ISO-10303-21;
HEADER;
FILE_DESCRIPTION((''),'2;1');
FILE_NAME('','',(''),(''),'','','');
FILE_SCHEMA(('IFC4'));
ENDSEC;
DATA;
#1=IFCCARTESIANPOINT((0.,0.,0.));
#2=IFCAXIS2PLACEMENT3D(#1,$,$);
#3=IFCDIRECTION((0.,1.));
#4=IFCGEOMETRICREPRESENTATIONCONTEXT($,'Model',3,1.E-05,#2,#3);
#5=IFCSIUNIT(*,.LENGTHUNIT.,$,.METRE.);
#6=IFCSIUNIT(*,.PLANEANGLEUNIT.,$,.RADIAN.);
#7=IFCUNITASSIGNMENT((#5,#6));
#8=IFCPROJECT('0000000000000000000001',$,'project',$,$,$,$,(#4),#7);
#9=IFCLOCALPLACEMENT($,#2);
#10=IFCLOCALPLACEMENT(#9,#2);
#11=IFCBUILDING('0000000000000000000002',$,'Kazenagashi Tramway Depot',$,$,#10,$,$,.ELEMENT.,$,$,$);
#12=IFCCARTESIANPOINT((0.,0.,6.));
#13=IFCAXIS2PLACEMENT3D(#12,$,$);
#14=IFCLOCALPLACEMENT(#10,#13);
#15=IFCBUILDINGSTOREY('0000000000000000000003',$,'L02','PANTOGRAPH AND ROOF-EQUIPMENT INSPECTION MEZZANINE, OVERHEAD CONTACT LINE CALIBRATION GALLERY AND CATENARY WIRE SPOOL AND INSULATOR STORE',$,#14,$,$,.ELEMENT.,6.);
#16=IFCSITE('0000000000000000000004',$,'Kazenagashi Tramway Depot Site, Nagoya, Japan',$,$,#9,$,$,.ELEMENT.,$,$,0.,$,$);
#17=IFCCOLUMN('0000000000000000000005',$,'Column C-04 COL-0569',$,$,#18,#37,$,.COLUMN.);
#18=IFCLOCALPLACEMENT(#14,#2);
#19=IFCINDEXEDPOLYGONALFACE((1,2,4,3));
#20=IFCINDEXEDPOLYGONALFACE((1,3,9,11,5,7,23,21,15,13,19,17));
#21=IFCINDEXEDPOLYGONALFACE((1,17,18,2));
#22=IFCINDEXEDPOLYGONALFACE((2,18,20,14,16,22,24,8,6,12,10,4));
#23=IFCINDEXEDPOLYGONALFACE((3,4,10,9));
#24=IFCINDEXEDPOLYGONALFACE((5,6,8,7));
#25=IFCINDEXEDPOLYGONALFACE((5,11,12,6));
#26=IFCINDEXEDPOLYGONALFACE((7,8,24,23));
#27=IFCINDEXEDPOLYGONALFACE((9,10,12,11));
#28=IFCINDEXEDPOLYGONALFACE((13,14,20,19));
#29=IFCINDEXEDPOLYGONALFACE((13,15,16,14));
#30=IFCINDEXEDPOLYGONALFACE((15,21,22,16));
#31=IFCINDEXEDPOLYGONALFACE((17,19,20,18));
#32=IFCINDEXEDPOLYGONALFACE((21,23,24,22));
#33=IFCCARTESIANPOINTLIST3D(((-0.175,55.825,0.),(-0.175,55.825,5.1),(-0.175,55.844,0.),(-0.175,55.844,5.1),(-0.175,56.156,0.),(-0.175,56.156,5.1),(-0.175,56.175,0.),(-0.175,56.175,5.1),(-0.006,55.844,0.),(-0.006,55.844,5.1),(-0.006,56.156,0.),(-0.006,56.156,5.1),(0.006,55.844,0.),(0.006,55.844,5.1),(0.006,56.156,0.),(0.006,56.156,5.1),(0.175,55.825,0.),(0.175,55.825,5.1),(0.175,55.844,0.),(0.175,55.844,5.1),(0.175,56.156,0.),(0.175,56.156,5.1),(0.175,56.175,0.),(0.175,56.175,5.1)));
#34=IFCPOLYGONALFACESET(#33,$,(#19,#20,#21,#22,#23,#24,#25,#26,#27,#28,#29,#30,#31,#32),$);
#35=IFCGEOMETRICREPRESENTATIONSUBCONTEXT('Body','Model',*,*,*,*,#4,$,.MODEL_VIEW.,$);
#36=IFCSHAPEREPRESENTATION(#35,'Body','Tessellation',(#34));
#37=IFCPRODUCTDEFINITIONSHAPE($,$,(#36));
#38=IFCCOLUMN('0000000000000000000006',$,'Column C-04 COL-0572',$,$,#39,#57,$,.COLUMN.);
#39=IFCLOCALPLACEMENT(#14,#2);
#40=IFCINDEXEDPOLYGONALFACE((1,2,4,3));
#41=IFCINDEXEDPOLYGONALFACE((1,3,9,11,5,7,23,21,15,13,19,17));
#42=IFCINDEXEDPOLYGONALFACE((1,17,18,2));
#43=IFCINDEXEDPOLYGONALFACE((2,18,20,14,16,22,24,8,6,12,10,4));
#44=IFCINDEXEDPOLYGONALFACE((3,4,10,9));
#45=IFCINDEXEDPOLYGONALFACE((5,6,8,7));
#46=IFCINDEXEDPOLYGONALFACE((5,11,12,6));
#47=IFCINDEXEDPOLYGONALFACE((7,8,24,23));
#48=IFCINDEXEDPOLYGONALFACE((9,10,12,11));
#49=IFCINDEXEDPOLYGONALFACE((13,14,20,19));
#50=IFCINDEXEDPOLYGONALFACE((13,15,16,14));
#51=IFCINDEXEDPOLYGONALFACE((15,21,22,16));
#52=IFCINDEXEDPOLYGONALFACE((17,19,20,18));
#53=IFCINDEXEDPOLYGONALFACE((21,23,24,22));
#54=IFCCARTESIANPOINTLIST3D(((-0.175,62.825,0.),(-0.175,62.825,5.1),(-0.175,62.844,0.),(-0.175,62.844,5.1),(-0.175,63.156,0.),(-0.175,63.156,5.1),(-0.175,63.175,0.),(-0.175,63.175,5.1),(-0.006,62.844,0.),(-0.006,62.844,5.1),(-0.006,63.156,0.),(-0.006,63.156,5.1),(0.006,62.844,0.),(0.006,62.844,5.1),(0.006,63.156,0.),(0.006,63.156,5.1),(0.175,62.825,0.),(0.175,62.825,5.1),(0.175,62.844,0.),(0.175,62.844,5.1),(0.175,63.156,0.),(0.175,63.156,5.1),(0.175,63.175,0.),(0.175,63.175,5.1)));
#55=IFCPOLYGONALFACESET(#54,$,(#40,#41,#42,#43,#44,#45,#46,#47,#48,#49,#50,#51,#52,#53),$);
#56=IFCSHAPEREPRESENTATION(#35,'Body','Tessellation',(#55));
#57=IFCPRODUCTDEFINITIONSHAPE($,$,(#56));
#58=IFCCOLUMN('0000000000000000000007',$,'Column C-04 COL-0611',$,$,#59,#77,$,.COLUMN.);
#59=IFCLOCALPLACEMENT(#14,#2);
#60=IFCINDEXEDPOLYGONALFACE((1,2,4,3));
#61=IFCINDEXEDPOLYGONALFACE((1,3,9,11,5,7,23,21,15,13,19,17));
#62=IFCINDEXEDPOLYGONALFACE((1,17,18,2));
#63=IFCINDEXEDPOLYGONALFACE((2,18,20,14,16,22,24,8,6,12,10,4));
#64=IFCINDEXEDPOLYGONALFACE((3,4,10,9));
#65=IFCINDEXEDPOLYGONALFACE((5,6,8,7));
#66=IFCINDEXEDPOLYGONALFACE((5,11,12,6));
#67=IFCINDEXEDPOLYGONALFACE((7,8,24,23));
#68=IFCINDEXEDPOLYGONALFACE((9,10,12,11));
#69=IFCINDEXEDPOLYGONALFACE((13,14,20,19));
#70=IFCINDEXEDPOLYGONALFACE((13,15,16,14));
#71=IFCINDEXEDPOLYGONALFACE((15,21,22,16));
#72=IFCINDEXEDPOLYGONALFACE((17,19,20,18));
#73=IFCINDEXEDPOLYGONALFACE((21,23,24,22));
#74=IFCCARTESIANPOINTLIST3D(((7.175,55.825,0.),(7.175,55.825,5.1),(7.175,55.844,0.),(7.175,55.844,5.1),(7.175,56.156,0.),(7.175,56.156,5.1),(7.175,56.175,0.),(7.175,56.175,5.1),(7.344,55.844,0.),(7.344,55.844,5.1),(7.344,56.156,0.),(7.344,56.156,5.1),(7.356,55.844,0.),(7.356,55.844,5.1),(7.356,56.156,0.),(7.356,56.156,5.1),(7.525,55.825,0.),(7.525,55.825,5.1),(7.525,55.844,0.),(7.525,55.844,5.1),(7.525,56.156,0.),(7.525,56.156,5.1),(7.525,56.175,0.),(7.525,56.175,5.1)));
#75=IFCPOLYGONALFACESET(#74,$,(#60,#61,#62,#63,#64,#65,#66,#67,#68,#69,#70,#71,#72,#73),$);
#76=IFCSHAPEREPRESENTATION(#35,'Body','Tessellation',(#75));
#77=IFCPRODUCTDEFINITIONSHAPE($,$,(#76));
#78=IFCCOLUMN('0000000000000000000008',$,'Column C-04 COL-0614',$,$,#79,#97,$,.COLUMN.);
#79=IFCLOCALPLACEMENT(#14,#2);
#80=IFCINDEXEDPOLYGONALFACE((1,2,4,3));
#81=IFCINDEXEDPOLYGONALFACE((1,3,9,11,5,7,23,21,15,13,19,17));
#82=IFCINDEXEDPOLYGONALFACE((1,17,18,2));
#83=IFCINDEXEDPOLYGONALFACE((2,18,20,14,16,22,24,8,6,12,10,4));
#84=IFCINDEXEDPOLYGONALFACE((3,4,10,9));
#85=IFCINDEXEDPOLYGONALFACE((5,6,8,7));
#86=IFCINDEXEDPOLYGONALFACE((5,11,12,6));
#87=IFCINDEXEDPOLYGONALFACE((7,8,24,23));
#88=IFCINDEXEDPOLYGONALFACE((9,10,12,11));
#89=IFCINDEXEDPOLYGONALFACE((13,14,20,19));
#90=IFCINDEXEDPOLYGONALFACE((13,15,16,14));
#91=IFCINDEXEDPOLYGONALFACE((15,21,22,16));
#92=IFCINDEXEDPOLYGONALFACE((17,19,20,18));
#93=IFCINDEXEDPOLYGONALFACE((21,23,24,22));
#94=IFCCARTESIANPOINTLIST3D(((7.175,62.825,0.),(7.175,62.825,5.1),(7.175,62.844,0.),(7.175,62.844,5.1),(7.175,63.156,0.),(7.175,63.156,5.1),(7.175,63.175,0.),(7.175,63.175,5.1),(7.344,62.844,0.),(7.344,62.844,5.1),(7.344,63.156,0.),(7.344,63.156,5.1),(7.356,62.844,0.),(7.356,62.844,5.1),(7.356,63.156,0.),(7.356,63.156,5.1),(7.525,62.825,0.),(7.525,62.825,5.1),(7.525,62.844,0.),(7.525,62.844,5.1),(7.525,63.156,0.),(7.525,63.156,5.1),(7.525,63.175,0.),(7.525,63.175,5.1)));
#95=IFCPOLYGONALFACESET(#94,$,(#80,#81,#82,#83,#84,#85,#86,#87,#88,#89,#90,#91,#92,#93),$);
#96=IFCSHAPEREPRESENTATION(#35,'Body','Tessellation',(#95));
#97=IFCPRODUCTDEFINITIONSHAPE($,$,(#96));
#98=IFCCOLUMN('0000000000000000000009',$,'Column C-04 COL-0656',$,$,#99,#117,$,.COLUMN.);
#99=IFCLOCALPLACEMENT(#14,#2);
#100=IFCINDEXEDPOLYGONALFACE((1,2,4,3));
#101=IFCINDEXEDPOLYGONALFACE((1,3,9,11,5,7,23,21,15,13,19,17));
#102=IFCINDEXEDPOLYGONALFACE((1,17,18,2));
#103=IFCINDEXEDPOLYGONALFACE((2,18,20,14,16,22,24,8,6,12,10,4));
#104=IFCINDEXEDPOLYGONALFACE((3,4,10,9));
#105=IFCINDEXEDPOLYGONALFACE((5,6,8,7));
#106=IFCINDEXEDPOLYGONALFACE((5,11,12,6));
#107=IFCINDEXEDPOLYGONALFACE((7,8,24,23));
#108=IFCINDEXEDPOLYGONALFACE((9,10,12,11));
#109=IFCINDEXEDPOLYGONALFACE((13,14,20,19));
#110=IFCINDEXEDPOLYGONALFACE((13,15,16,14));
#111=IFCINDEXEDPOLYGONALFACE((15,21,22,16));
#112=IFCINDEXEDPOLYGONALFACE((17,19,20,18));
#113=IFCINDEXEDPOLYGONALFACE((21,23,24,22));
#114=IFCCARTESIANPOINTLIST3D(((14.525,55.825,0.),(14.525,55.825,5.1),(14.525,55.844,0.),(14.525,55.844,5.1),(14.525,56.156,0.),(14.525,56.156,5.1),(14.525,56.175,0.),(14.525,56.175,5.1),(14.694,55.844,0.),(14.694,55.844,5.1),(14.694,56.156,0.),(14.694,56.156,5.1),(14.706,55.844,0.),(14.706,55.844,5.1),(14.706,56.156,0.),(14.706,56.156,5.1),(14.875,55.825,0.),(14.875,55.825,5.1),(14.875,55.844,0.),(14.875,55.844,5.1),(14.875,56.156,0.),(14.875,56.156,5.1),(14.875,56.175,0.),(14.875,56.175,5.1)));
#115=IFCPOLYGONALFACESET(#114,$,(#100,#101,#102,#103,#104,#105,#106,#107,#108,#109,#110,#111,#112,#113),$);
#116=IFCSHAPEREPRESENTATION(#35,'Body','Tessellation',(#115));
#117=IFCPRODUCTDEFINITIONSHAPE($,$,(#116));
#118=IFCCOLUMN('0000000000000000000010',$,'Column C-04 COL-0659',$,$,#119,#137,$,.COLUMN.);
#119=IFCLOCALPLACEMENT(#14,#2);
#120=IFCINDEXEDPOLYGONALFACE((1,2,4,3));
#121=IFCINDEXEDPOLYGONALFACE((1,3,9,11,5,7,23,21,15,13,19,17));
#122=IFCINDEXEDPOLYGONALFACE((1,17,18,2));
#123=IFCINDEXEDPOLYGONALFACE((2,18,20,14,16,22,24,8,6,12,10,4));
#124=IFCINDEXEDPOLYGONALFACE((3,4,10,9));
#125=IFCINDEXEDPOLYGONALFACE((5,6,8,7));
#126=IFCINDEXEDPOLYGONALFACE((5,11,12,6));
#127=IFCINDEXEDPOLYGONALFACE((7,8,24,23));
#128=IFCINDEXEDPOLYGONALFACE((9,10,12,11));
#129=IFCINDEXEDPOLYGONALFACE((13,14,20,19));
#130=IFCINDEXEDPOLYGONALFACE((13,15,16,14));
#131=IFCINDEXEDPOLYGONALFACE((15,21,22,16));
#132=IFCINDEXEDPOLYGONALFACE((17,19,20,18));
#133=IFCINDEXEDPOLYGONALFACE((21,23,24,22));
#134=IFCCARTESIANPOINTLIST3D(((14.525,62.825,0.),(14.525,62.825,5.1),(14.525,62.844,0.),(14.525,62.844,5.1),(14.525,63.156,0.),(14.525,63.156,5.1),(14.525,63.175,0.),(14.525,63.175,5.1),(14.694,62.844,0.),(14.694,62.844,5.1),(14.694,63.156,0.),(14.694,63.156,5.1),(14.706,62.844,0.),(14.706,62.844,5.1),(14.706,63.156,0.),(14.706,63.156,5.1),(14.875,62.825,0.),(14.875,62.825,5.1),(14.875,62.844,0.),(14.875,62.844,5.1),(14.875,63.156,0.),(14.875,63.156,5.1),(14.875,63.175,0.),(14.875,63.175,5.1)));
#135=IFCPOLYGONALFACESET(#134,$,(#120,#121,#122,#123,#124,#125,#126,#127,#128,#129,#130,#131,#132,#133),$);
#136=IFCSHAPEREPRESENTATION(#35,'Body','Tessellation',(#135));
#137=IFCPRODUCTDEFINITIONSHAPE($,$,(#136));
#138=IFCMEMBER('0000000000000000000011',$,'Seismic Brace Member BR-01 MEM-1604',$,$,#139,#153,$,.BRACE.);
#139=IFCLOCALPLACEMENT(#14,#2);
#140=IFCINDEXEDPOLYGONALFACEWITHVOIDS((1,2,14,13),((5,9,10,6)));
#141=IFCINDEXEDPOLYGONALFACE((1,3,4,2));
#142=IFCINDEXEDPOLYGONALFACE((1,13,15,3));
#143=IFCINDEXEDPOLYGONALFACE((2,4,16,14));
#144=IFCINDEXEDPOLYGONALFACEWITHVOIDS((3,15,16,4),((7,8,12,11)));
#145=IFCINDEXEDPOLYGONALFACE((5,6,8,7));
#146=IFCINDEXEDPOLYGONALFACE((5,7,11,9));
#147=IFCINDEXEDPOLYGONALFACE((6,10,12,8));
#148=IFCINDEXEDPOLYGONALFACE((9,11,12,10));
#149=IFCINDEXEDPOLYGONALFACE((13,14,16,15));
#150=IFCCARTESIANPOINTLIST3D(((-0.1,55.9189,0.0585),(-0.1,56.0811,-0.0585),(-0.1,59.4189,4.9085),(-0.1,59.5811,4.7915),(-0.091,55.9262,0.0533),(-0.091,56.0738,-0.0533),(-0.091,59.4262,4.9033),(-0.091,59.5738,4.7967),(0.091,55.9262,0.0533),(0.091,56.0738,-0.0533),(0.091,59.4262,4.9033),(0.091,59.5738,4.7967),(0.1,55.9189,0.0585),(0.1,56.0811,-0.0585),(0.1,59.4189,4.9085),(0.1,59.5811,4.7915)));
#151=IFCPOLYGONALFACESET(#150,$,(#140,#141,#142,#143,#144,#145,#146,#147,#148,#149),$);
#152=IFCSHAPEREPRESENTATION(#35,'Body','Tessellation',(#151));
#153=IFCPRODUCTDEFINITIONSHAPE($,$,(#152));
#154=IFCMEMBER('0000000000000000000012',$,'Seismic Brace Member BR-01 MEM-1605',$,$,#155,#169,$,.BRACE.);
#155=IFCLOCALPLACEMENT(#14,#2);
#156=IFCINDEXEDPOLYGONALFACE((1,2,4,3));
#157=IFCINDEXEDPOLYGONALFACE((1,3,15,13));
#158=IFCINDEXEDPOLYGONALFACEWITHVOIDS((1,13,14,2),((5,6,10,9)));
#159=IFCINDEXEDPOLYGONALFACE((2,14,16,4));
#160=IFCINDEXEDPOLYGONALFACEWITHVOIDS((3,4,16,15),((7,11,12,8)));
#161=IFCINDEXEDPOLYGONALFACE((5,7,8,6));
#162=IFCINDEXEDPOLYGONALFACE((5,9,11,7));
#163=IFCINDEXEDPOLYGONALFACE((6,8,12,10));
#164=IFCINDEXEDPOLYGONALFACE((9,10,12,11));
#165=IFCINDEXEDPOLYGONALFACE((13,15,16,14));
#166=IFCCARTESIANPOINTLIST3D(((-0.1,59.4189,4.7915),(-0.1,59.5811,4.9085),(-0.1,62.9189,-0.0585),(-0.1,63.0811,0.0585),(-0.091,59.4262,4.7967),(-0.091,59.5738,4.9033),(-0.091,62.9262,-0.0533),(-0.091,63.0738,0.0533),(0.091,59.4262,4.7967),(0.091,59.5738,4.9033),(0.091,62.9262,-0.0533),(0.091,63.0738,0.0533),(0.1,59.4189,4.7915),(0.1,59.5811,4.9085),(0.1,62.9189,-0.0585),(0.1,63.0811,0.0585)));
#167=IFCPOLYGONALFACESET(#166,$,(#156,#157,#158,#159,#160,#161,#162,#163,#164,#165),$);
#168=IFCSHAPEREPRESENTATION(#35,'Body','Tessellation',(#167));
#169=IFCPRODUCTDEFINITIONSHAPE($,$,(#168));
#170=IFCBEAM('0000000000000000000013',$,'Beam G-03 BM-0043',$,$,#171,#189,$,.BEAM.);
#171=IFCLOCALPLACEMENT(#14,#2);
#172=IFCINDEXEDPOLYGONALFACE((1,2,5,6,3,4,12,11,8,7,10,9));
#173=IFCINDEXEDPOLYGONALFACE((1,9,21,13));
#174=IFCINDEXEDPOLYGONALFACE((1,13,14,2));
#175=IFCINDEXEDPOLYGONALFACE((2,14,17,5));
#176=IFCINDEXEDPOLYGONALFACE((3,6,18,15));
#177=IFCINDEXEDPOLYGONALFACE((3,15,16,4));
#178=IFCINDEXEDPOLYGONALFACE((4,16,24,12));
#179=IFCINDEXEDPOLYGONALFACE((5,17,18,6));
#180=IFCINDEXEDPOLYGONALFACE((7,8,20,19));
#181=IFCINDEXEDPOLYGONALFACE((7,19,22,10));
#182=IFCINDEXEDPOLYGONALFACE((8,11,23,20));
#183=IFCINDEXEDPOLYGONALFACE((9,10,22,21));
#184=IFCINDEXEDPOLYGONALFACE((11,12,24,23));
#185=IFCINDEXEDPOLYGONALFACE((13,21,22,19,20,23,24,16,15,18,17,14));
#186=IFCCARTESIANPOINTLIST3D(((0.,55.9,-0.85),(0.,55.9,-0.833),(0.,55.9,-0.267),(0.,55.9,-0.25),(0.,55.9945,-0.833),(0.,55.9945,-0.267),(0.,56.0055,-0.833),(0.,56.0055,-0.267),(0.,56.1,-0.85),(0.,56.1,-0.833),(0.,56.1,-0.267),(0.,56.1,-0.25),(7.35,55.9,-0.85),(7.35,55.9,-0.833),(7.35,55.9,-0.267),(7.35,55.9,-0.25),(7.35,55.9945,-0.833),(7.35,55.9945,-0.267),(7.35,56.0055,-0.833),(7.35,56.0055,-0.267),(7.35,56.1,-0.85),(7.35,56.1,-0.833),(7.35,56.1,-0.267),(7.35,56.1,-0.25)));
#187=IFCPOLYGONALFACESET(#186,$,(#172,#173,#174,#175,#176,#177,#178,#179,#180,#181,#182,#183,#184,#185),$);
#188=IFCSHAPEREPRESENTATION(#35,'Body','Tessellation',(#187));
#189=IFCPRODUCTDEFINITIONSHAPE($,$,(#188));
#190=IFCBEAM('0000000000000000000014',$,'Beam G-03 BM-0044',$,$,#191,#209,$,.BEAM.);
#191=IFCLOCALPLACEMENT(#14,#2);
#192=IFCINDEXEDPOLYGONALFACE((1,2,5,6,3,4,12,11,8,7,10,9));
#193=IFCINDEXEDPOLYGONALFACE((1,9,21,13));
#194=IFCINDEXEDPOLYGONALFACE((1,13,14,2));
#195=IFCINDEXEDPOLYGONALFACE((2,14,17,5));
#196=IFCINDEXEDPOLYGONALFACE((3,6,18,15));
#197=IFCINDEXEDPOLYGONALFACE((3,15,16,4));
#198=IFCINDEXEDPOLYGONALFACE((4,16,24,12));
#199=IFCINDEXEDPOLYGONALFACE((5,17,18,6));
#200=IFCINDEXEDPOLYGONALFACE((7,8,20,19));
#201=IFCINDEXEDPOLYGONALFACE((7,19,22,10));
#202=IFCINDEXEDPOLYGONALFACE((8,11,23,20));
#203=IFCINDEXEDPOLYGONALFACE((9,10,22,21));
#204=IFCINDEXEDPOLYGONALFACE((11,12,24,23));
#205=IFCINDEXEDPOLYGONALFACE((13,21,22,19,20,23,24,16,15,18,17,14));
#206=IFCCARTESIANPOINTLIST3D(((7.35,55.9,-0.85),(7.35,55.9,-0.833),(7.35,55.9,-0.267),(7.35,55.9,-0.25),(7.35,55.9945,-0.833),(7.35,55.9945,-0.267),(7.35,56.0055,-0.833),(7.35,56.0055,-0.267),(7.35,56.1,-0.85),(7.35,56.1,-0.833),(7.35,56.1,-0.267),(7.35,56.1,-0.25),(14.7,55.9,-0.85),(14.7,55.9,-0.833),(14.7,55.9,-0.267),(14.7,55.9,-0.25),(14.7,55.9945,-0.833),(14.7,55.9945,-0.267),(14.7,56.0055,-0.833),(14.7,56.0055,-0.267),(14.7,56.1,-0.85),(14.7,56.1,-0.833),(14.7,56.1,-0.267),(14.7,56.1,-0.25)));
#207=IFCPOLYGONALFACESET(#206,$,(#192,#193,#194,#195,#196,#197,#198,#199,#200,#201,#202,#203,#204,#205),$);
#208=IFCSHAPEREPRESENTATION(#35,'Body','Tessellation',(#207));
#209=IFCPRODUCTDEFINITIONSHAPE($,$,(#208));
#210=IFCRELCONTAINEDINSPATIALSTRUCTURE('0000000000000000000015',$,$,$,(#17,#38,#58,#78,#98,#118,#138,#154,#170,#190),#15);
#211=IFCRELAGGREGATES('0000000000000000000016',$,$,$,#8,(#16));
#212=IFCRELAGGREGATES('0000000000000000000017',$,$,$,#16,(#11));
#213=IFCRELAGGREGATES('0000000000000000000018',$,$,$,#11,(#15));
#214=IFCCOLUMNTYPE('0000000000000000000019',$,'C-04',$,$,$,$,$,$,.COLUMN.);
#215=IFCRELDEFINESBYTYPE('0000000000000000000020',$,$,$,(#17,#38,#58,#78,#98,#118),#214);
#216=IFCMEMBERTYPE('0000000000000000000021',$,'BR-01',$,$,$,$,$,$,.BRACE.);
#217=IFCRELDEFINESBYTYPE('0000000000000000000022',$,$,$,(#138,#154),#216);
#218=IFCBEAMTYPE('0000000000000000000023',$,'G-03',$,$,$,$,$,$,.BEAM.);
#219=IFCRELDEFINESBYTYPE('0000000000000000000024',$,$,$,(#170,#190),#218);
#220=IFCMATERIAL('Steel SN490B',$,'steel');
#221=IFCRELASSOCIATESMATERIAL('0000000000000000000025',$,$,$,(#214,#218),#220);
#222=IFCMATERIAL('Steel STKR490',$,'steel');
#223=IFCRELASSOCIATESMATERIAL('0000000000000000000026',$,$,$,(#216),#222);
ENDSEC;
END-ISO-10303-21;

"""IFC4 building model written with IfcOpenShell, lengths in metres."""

from ifc_helpers import new_model, si_unit, direction, frame, origin, origin_2d, place, context, subcontext, project, spatial, hollow_rectangle, i_section, extrude, material, material_profile, profile_set, type_object, element, save


model = new_model("IFC4")

# Units and contexts
model_context = context("Model", 3, precision=1e-05, world=origin(), true_north=direction((0.0, 1.0)))
body_context = subcontext(model_context, "Body", "Model", "MODEL_VIEW")
ifc_project = project(units=[si_unit("LENGTHUNIT", "METRE"), si_unit("PLANEANGLEUNIT", "RADIAN")], contexts=[model_context])

# Site, building, storey
site_placement = place(None, origin())
site = spatial("IfcSite", under=ifc_project, at=site_placement, Name="Kazenagashi Tramway Depot Site, Nagoya, Japan", CompositionType="ELEMENT", RefElevation=0.0)
building_placement = place(site_placement, origin())
building = spatial("IfcBuilding", under=site, at=building_placement, Name="Kazenagashi Tramway Depot", CompositionType="ELEMENT")
storey_placement = place(building_placement, frame((0.0, 0.0, 6.0)))
storey = spatial("IfcBuildingStorey", under=building, at=storey_placement, Name="L02", Description="PANTOGRAPH AND ROOF-EQUIPMENT INSPECTION MEZZANINE, OVERHEAD CONTACT LINE CALIBRATION GALLERY AND CATENARY WIRE SPOOL AND INSULATOR STORE", CompositionType="ELEMENT", Elevation=6.0)

# Columns
ifc_material_1 = material(Name="Steel SN490B", Category="steel")
ifc_material_profile_1 = material_profile(ifc_material_1, i_section(OverallWidth=0.35, OverallDepth=0.35, WebThickness=0.012, FlangeThickness=0.019, at=origin_2d()), Name="H-350x350x12x19")
ifc_profile_set_1 = profile_set([ifc_material_profile_1], Name="Steel SN490B")
column_type = type_object("IfcColumnType", Name="C-04", PredefinedType="COLUMN", material=ifc_profile_set_1)
for number, where, z_axis, x_axis, name in (
    (1, (0.0, 56.0, 0.0), (0.0, 0.0, 1.0), (1.0, 0.0, 0.0), "Column C-04 COL-0569"),
    (2, (0.0, 63.0, 0.0), (0.0, 0.0, 1.0), (1.0, 0.0, 0.0), "Column C-04 COL-0572"),
    (3, (7.35, 56.0, 0.0), (0.0, 0.0, 1.0), (1.0, 0.0, 0.0), "Column C-04 COL-0611"),
    (4, (7.35, 63.0, 0.0), (0.0, 0.0, 1.0), (1.0, 0.0, 0.0), "Column C-04 COL-0614"),
    (5, (14.7, 56.0, 0.0), (0.0, 0.0, 1.0), (1.0, 0.0, 0.0), "Column C-04 COL-0656"),
    (6, (14.7, 63.0, 0.0), (0.0, 0.0, 1.0), (1.0, 0.0, 0.0), "Column C-04 COL-0659"),
):
    element("IfcColumn", number, at=place(storey_placement, frame(where, z_axis=z_axis, x_axis=x_axis)), inside=storey, type_object=column_type, Name=name, PredefinedType="COLUMN", context=body_context, shape_type="SweptSolid", body=[
        extrude(i_section(OverallWidth=0.35, OverallDepth=0.35, WebThickness=0.012, FlangeThickness=0.019, at=origin_2d()), origin(), (0.0, 0.0, 1.0), 5.1),
    ])

# Members
ifc_material_2 = material(Name="Steel STKR490", Category="steel")
ifc_material_profile_2 = material_profile(ifc_material_2, hollow_rectangle(XDim=0.2, YDim=0.2, WallThickness=0.009, at=origin_2d()), Name="SHS-200x200x9")
ifc_profile_set_2 = profile_set([ifc_material_profile_2], Name="Steel STKR490")
member_type = type_object("IfcMemberType", Name="BR-01", PredefinedType="BRACE", material=ifc_profile_set_2)
for number, where, z_axis, x_axis, name in (
    (7, (0.0, 56.0, 0.0), (0.0, 0.585185, 0.8109), (-1.0, 0.0, 0.0), "Seismic Brace Member BR-01 MEM-1604"),
    (8, (0.0, 63.0, 0.0), (0.0, -0.585185, 0.8109), (1.0, 0.0, 0.0), "Seismic Brace Member BR-01 MEM-1605"),
):
    element("IfcMember", number, at=place(storey_placement, frame(where, z_axis=z_axis, x_axis=x_axis)), inside=storey, type_object=member_type, Name=name, PredefinedType="BRACE", context=body_context, shape_type="SweptSolid", body=[
        extrude(hollow_rectangle(XDim=0.2, YDim=0.2, WallThickness=0.009, at=origin_2d()), origin(), (0.0, 0.0, 1.0), 5.981),
    ])

# Beams
ifc_material_profile_3 = material_profile(ifc_material_1, i_section(OverallWidth=0.2, OverallDepth=0.6, WebThickness=0.011, FlangeThickness=0.017, at=origin_2d()), Name="H-600x200x11x17")
ifc_profile_set_3 = profile_set([ifc_material_profile_3], Name="Steel SN490B")
beam_type_1 = type_object("IfcBeamType", Name="G-03", PredefinedType="BEAM", material=ifc_profile_set_3)
for number, where, z_axis, x_axis, name in (
    (9, (0.0, 56.0, -0.55), (1.0, 0.0, 0.0), (0.0, 1.0, 0.0), "Beam G-03 BM-0043"),
    (10, (7.35, 56.0, -0.55), (1.0, 0.0, 0.0), (0.0, 1.0, 0.0), "Beam G-03 BM-0044"),
):
    element("IfcBeam", number, at=place(storey_placement, frame(where, z_axis=z_axis, x_axis=x_axis)), inside=storey, type_object=beam_type_1, Name=name, PredefinedType="BEAM", context=body_context, shape_type="SweptSolid", body=[
        extrude(i_section(OverallWidth=0.2, OverallDepth=0.6, WebThickness=0.011, FlangeThickness=0.017, at=origin_2d()), origin(), (0.0, 0.0, 1.0), 7.35),
    ])

save(model, "model.ifc")
